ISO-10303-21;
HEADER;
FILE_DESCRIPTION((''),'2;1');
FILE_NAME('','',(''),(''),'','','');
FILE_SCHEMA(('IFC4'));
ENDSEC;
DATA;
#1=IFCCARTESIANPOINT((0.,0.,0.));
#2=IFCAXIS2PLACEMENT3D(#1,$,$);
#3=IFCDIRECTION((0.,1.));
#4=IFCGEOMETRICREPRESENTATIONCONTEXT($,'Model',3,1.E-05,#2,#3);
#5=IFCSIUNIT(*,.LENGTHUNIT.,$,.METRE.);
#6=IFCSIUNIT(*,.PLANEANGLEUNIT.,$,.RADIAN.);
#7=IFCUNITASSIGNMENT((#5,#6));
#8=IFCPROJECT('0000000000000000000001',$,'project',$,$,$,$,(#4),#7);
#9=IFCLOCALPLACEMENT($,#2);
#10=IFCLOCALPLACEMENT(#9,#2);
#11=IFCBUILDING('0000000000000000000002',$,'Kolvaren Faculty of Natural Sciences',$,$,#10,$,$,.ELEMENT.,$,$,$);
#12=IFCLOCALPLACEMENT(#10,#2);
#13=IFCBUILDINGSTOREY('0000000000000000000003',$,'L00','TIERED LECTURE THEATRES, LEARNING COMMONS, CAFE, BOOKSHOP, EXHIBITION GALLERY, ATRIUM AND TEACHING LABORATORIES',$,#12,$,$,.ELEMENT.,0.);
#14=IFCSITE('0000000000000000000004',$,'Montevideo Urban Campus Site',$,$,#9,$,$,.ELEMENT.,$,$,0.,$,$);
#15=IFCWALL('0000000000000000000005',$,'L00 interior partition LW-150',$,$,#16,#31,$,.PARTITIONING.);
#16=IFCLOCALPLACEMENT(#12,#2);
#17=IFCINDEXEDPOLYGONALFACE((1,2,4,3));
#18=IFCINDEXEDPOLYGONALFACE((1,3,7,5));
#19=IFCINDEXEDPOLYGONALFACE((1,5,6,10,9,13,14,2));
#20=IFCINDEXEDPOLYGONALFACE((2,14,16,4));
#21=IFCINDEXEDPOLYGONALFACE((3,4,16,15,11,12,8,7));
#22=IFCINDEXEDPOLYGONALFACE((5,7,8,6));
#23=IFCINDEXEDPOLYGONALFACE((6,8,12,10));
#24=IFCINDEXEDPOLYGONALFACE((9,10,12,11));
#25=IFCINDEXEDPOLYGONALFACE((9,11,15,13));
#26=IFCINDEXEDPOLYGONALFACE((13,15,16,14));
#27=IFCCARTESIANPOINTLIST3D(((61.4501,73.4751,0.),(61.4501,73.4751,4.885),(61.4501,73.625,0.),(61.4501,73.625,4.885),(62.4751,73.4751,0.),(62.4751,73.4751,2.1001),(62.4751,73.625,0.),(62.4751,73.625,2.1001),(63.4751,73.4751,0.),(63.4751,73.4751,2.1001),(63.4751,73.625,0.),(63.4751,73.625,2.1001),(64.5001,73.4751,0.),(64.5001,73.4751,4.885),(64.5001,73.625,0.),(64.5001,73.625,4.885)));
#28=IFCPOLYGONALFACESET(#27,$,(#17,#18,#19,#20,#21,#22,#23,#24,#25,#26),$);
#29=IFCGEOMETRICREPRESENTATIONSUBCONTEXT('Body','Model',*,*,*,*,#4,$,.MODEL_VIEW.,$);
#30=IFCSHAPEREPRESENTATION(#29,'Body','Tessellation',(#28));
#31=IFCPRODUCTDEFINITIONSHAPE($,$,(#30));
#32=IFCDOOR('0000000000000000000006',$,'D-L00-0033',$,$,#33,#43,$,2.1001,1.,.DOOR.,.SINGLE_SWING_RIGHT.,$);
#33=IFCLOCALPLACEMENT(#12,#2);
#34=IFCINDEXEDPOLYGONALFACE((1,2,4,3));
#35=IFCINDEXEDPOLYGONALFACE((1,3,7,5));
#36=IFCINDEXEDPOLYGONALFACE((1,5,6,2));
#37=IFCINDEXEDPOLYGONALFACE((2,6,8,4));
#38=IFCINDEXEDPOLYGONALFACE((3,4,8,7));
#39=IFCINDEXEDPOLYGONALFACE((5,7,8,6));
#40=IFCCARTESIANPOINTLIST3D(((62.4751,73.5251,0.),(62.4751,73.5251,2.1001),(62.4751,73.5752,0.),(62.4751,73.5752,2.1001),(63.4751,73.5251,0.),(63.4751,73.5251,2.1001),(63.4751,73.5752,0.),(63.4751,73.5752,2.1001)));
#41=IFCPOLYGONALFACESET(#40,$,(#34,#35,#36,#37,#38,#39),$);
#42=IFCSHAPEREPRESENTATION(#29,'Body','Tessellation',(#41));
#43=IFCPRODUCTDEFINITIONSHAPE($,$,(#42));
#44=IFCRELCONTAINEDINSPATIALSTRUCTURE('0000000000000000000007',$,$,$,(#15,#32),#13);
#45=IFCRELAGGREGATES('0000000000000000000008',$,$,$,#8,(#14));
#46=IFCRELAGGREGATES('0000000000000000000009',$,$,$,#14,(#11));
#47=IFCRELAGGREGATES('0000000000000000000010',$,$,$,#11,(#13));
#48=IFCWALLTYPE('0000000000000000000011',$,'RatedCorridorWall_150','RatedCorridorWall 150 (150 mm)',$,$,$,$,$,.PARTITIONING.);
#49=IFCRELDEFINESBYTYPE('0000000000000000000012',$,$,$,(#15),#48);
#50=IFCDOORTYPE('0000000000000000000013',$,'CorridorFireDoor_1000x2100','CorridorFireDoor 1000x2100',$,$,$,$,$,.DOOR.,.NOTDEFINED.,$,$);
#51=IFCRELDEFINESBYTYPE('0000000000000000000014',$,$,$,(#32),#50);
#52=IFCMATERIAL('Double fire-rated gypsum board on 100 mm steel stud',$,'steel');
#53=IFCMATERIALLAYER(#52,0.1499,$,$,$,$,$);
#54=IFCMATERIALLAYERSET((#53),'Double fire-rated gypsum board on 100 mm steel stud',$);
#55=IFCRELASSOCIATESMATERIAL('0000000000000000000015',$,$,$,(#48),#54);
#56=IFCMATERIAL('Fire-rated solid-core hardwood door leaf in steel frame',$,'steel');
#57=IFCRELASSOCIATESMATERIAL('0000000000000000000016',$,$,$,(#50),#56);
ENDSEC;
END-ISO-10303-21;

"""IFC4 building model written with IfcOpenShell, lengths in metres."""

from ifc_helpers import new_model, si_unit, direction, frame, frame_2d, origin, place, context, subcontext, project, spatial, rectangle, extrude, material, layer, layer_set, type_object, element, fill, save


model = new_model("IFC4")

# Units and contexts
model_context = context("Model", 3, precision=1e-05, world=origin(), true_north=direction((0.0, 1.0)))
body_context = subcontext(model_context, "Body", "Model", "MODEL_VIEW")
ifc_project = project(units=[si_unit("LENGTHUNIT", "METRE"), si_unit("PLANEANGLEUNIT", "RADIAN")], contexts=[model_context])

# Site, building, storey
site_placement = place(None, origin())
site = spatial("IfcSite", under=ifc_project, at=site_placement, Name="Montevideo Urban Campus Site", CompositionType="ELEMENT", RefElevation=0.0)
building_placement = place(site_placement, origin())
building = spatial("IfcBuilding", under=site, at=building_placement, Name="Kolvaren Faculty of Natural Sciences", CompositionType="ELEMENT")
storey_placement = place(building_placement, origin())
storey = spatial("IfcBuildingStorey", under=building, at=storey_placement, Name="L00", Description="TIERED LECTURE THEATRES, LEARNING COMMONS, CAFE, BOOKSHOP, EXHIBITION GALLERY, ATRIUM AND TEACHING LABORATORIES", CompositionType="ELEMENT", Elevation=0.0)

# Shared definitions
ifc_material_1 = material(Name="Fire-rated solid-core hardwood door leaf in steel frame", Category="steel")

# Shared definitions
ifc_material_2 = material(Name="Double fire-rated gypsum board on 100 mm steel stud", Category="steel")
ifc_layer_1 = layer(ifc_material_2, 0.1499)
ifc_layer_set_1 = layer_set([ifc_layer_1], Name="Double fire-rated gypsum board on 100 mm steel stud")
wall_type_1 = type_object("IfcWallType", Name="RatedCorridorWall_150", Description="RatedCorridorWall 150 (150 mm)", PredefinedType="PARTITIONING", material=ifc_layer_set_1)

# Wall, opening, door
wall_1_placement = place(storey_placement, frame((64.5, 73.55, 0.0), z_axis=(0.0, 0.0, 1.0), x_axis=(-1.0, 0.0, 0.0)))
wall_1 = element("IfcWall", 1, at=wall_1_placement, inside=storey, type_object=wall_type_1, Name="L00 interior partition LW-150", PredefinedType="PARTITIONING", context=body_context, shape_type="SweptSolid", body=[
    extrude(rectangle(XDim=3.05, YDim=0.1499, at=frame_2d((1.5249, 0.0))), origin(), (0.0, 0.0, 1.0), 4.885),
])
opening_1_placement = place(wall_1_placement, frame((1.0249, 0.0, 0.0)))
opening_1 = element("IfcOpeningElement", 2, at=opening_1_placement, cuts=wall_1, PredefinedType="OPENING", context=body_context, shape_type="SweptSolid", body=[
    extrude(rectangle(XDim=1.0, YDim=2.1001, at=frame_2d((0.5, 1.05))), frame((0.0, 0.085, 0.0), z_axis=(0.0, -1.0, 0.0), x_axis=(1.0, 0.0, 0.0)), (0.0, 0.0, 1.0), 0.1699),
])
door_type_1 = type_object("IfcDoorType", Name="CorridorFireDoor_1000x2100", Description="CorridorFireDoor 1000x2100", OperationType="NOTDEFINED", PredefinedType="DOOR", material=ifc_material_1)
door_1_placement = place(opening_1_placement, origin())
door_1 = element("IfcDoor", 3, at=door_1_placement, inside=storey, type_object=door_type_1, Name="D-L00-0033", OperationType="SINGLE_SWING_RIGHT", OverallHeight=2.1001, OverallWidth=1.0, PredefinedType="DOOR", context=body_context, shape_type="SweptSolid", body=[
    extrude(rectangle(XDim=1.0, YDim=2.1001, at=frame_2d((0.5, 1.05))), frame((0.0, 0.0249, 0.0), z_axis=(0.0, -1.0, 0.0), x_axis=(1.0, 0.0, 0.0)), (0.0, 0.0, 1.0), 0.05),
])
fill(opening_1, door_1)

save(model, "model.ifc")
